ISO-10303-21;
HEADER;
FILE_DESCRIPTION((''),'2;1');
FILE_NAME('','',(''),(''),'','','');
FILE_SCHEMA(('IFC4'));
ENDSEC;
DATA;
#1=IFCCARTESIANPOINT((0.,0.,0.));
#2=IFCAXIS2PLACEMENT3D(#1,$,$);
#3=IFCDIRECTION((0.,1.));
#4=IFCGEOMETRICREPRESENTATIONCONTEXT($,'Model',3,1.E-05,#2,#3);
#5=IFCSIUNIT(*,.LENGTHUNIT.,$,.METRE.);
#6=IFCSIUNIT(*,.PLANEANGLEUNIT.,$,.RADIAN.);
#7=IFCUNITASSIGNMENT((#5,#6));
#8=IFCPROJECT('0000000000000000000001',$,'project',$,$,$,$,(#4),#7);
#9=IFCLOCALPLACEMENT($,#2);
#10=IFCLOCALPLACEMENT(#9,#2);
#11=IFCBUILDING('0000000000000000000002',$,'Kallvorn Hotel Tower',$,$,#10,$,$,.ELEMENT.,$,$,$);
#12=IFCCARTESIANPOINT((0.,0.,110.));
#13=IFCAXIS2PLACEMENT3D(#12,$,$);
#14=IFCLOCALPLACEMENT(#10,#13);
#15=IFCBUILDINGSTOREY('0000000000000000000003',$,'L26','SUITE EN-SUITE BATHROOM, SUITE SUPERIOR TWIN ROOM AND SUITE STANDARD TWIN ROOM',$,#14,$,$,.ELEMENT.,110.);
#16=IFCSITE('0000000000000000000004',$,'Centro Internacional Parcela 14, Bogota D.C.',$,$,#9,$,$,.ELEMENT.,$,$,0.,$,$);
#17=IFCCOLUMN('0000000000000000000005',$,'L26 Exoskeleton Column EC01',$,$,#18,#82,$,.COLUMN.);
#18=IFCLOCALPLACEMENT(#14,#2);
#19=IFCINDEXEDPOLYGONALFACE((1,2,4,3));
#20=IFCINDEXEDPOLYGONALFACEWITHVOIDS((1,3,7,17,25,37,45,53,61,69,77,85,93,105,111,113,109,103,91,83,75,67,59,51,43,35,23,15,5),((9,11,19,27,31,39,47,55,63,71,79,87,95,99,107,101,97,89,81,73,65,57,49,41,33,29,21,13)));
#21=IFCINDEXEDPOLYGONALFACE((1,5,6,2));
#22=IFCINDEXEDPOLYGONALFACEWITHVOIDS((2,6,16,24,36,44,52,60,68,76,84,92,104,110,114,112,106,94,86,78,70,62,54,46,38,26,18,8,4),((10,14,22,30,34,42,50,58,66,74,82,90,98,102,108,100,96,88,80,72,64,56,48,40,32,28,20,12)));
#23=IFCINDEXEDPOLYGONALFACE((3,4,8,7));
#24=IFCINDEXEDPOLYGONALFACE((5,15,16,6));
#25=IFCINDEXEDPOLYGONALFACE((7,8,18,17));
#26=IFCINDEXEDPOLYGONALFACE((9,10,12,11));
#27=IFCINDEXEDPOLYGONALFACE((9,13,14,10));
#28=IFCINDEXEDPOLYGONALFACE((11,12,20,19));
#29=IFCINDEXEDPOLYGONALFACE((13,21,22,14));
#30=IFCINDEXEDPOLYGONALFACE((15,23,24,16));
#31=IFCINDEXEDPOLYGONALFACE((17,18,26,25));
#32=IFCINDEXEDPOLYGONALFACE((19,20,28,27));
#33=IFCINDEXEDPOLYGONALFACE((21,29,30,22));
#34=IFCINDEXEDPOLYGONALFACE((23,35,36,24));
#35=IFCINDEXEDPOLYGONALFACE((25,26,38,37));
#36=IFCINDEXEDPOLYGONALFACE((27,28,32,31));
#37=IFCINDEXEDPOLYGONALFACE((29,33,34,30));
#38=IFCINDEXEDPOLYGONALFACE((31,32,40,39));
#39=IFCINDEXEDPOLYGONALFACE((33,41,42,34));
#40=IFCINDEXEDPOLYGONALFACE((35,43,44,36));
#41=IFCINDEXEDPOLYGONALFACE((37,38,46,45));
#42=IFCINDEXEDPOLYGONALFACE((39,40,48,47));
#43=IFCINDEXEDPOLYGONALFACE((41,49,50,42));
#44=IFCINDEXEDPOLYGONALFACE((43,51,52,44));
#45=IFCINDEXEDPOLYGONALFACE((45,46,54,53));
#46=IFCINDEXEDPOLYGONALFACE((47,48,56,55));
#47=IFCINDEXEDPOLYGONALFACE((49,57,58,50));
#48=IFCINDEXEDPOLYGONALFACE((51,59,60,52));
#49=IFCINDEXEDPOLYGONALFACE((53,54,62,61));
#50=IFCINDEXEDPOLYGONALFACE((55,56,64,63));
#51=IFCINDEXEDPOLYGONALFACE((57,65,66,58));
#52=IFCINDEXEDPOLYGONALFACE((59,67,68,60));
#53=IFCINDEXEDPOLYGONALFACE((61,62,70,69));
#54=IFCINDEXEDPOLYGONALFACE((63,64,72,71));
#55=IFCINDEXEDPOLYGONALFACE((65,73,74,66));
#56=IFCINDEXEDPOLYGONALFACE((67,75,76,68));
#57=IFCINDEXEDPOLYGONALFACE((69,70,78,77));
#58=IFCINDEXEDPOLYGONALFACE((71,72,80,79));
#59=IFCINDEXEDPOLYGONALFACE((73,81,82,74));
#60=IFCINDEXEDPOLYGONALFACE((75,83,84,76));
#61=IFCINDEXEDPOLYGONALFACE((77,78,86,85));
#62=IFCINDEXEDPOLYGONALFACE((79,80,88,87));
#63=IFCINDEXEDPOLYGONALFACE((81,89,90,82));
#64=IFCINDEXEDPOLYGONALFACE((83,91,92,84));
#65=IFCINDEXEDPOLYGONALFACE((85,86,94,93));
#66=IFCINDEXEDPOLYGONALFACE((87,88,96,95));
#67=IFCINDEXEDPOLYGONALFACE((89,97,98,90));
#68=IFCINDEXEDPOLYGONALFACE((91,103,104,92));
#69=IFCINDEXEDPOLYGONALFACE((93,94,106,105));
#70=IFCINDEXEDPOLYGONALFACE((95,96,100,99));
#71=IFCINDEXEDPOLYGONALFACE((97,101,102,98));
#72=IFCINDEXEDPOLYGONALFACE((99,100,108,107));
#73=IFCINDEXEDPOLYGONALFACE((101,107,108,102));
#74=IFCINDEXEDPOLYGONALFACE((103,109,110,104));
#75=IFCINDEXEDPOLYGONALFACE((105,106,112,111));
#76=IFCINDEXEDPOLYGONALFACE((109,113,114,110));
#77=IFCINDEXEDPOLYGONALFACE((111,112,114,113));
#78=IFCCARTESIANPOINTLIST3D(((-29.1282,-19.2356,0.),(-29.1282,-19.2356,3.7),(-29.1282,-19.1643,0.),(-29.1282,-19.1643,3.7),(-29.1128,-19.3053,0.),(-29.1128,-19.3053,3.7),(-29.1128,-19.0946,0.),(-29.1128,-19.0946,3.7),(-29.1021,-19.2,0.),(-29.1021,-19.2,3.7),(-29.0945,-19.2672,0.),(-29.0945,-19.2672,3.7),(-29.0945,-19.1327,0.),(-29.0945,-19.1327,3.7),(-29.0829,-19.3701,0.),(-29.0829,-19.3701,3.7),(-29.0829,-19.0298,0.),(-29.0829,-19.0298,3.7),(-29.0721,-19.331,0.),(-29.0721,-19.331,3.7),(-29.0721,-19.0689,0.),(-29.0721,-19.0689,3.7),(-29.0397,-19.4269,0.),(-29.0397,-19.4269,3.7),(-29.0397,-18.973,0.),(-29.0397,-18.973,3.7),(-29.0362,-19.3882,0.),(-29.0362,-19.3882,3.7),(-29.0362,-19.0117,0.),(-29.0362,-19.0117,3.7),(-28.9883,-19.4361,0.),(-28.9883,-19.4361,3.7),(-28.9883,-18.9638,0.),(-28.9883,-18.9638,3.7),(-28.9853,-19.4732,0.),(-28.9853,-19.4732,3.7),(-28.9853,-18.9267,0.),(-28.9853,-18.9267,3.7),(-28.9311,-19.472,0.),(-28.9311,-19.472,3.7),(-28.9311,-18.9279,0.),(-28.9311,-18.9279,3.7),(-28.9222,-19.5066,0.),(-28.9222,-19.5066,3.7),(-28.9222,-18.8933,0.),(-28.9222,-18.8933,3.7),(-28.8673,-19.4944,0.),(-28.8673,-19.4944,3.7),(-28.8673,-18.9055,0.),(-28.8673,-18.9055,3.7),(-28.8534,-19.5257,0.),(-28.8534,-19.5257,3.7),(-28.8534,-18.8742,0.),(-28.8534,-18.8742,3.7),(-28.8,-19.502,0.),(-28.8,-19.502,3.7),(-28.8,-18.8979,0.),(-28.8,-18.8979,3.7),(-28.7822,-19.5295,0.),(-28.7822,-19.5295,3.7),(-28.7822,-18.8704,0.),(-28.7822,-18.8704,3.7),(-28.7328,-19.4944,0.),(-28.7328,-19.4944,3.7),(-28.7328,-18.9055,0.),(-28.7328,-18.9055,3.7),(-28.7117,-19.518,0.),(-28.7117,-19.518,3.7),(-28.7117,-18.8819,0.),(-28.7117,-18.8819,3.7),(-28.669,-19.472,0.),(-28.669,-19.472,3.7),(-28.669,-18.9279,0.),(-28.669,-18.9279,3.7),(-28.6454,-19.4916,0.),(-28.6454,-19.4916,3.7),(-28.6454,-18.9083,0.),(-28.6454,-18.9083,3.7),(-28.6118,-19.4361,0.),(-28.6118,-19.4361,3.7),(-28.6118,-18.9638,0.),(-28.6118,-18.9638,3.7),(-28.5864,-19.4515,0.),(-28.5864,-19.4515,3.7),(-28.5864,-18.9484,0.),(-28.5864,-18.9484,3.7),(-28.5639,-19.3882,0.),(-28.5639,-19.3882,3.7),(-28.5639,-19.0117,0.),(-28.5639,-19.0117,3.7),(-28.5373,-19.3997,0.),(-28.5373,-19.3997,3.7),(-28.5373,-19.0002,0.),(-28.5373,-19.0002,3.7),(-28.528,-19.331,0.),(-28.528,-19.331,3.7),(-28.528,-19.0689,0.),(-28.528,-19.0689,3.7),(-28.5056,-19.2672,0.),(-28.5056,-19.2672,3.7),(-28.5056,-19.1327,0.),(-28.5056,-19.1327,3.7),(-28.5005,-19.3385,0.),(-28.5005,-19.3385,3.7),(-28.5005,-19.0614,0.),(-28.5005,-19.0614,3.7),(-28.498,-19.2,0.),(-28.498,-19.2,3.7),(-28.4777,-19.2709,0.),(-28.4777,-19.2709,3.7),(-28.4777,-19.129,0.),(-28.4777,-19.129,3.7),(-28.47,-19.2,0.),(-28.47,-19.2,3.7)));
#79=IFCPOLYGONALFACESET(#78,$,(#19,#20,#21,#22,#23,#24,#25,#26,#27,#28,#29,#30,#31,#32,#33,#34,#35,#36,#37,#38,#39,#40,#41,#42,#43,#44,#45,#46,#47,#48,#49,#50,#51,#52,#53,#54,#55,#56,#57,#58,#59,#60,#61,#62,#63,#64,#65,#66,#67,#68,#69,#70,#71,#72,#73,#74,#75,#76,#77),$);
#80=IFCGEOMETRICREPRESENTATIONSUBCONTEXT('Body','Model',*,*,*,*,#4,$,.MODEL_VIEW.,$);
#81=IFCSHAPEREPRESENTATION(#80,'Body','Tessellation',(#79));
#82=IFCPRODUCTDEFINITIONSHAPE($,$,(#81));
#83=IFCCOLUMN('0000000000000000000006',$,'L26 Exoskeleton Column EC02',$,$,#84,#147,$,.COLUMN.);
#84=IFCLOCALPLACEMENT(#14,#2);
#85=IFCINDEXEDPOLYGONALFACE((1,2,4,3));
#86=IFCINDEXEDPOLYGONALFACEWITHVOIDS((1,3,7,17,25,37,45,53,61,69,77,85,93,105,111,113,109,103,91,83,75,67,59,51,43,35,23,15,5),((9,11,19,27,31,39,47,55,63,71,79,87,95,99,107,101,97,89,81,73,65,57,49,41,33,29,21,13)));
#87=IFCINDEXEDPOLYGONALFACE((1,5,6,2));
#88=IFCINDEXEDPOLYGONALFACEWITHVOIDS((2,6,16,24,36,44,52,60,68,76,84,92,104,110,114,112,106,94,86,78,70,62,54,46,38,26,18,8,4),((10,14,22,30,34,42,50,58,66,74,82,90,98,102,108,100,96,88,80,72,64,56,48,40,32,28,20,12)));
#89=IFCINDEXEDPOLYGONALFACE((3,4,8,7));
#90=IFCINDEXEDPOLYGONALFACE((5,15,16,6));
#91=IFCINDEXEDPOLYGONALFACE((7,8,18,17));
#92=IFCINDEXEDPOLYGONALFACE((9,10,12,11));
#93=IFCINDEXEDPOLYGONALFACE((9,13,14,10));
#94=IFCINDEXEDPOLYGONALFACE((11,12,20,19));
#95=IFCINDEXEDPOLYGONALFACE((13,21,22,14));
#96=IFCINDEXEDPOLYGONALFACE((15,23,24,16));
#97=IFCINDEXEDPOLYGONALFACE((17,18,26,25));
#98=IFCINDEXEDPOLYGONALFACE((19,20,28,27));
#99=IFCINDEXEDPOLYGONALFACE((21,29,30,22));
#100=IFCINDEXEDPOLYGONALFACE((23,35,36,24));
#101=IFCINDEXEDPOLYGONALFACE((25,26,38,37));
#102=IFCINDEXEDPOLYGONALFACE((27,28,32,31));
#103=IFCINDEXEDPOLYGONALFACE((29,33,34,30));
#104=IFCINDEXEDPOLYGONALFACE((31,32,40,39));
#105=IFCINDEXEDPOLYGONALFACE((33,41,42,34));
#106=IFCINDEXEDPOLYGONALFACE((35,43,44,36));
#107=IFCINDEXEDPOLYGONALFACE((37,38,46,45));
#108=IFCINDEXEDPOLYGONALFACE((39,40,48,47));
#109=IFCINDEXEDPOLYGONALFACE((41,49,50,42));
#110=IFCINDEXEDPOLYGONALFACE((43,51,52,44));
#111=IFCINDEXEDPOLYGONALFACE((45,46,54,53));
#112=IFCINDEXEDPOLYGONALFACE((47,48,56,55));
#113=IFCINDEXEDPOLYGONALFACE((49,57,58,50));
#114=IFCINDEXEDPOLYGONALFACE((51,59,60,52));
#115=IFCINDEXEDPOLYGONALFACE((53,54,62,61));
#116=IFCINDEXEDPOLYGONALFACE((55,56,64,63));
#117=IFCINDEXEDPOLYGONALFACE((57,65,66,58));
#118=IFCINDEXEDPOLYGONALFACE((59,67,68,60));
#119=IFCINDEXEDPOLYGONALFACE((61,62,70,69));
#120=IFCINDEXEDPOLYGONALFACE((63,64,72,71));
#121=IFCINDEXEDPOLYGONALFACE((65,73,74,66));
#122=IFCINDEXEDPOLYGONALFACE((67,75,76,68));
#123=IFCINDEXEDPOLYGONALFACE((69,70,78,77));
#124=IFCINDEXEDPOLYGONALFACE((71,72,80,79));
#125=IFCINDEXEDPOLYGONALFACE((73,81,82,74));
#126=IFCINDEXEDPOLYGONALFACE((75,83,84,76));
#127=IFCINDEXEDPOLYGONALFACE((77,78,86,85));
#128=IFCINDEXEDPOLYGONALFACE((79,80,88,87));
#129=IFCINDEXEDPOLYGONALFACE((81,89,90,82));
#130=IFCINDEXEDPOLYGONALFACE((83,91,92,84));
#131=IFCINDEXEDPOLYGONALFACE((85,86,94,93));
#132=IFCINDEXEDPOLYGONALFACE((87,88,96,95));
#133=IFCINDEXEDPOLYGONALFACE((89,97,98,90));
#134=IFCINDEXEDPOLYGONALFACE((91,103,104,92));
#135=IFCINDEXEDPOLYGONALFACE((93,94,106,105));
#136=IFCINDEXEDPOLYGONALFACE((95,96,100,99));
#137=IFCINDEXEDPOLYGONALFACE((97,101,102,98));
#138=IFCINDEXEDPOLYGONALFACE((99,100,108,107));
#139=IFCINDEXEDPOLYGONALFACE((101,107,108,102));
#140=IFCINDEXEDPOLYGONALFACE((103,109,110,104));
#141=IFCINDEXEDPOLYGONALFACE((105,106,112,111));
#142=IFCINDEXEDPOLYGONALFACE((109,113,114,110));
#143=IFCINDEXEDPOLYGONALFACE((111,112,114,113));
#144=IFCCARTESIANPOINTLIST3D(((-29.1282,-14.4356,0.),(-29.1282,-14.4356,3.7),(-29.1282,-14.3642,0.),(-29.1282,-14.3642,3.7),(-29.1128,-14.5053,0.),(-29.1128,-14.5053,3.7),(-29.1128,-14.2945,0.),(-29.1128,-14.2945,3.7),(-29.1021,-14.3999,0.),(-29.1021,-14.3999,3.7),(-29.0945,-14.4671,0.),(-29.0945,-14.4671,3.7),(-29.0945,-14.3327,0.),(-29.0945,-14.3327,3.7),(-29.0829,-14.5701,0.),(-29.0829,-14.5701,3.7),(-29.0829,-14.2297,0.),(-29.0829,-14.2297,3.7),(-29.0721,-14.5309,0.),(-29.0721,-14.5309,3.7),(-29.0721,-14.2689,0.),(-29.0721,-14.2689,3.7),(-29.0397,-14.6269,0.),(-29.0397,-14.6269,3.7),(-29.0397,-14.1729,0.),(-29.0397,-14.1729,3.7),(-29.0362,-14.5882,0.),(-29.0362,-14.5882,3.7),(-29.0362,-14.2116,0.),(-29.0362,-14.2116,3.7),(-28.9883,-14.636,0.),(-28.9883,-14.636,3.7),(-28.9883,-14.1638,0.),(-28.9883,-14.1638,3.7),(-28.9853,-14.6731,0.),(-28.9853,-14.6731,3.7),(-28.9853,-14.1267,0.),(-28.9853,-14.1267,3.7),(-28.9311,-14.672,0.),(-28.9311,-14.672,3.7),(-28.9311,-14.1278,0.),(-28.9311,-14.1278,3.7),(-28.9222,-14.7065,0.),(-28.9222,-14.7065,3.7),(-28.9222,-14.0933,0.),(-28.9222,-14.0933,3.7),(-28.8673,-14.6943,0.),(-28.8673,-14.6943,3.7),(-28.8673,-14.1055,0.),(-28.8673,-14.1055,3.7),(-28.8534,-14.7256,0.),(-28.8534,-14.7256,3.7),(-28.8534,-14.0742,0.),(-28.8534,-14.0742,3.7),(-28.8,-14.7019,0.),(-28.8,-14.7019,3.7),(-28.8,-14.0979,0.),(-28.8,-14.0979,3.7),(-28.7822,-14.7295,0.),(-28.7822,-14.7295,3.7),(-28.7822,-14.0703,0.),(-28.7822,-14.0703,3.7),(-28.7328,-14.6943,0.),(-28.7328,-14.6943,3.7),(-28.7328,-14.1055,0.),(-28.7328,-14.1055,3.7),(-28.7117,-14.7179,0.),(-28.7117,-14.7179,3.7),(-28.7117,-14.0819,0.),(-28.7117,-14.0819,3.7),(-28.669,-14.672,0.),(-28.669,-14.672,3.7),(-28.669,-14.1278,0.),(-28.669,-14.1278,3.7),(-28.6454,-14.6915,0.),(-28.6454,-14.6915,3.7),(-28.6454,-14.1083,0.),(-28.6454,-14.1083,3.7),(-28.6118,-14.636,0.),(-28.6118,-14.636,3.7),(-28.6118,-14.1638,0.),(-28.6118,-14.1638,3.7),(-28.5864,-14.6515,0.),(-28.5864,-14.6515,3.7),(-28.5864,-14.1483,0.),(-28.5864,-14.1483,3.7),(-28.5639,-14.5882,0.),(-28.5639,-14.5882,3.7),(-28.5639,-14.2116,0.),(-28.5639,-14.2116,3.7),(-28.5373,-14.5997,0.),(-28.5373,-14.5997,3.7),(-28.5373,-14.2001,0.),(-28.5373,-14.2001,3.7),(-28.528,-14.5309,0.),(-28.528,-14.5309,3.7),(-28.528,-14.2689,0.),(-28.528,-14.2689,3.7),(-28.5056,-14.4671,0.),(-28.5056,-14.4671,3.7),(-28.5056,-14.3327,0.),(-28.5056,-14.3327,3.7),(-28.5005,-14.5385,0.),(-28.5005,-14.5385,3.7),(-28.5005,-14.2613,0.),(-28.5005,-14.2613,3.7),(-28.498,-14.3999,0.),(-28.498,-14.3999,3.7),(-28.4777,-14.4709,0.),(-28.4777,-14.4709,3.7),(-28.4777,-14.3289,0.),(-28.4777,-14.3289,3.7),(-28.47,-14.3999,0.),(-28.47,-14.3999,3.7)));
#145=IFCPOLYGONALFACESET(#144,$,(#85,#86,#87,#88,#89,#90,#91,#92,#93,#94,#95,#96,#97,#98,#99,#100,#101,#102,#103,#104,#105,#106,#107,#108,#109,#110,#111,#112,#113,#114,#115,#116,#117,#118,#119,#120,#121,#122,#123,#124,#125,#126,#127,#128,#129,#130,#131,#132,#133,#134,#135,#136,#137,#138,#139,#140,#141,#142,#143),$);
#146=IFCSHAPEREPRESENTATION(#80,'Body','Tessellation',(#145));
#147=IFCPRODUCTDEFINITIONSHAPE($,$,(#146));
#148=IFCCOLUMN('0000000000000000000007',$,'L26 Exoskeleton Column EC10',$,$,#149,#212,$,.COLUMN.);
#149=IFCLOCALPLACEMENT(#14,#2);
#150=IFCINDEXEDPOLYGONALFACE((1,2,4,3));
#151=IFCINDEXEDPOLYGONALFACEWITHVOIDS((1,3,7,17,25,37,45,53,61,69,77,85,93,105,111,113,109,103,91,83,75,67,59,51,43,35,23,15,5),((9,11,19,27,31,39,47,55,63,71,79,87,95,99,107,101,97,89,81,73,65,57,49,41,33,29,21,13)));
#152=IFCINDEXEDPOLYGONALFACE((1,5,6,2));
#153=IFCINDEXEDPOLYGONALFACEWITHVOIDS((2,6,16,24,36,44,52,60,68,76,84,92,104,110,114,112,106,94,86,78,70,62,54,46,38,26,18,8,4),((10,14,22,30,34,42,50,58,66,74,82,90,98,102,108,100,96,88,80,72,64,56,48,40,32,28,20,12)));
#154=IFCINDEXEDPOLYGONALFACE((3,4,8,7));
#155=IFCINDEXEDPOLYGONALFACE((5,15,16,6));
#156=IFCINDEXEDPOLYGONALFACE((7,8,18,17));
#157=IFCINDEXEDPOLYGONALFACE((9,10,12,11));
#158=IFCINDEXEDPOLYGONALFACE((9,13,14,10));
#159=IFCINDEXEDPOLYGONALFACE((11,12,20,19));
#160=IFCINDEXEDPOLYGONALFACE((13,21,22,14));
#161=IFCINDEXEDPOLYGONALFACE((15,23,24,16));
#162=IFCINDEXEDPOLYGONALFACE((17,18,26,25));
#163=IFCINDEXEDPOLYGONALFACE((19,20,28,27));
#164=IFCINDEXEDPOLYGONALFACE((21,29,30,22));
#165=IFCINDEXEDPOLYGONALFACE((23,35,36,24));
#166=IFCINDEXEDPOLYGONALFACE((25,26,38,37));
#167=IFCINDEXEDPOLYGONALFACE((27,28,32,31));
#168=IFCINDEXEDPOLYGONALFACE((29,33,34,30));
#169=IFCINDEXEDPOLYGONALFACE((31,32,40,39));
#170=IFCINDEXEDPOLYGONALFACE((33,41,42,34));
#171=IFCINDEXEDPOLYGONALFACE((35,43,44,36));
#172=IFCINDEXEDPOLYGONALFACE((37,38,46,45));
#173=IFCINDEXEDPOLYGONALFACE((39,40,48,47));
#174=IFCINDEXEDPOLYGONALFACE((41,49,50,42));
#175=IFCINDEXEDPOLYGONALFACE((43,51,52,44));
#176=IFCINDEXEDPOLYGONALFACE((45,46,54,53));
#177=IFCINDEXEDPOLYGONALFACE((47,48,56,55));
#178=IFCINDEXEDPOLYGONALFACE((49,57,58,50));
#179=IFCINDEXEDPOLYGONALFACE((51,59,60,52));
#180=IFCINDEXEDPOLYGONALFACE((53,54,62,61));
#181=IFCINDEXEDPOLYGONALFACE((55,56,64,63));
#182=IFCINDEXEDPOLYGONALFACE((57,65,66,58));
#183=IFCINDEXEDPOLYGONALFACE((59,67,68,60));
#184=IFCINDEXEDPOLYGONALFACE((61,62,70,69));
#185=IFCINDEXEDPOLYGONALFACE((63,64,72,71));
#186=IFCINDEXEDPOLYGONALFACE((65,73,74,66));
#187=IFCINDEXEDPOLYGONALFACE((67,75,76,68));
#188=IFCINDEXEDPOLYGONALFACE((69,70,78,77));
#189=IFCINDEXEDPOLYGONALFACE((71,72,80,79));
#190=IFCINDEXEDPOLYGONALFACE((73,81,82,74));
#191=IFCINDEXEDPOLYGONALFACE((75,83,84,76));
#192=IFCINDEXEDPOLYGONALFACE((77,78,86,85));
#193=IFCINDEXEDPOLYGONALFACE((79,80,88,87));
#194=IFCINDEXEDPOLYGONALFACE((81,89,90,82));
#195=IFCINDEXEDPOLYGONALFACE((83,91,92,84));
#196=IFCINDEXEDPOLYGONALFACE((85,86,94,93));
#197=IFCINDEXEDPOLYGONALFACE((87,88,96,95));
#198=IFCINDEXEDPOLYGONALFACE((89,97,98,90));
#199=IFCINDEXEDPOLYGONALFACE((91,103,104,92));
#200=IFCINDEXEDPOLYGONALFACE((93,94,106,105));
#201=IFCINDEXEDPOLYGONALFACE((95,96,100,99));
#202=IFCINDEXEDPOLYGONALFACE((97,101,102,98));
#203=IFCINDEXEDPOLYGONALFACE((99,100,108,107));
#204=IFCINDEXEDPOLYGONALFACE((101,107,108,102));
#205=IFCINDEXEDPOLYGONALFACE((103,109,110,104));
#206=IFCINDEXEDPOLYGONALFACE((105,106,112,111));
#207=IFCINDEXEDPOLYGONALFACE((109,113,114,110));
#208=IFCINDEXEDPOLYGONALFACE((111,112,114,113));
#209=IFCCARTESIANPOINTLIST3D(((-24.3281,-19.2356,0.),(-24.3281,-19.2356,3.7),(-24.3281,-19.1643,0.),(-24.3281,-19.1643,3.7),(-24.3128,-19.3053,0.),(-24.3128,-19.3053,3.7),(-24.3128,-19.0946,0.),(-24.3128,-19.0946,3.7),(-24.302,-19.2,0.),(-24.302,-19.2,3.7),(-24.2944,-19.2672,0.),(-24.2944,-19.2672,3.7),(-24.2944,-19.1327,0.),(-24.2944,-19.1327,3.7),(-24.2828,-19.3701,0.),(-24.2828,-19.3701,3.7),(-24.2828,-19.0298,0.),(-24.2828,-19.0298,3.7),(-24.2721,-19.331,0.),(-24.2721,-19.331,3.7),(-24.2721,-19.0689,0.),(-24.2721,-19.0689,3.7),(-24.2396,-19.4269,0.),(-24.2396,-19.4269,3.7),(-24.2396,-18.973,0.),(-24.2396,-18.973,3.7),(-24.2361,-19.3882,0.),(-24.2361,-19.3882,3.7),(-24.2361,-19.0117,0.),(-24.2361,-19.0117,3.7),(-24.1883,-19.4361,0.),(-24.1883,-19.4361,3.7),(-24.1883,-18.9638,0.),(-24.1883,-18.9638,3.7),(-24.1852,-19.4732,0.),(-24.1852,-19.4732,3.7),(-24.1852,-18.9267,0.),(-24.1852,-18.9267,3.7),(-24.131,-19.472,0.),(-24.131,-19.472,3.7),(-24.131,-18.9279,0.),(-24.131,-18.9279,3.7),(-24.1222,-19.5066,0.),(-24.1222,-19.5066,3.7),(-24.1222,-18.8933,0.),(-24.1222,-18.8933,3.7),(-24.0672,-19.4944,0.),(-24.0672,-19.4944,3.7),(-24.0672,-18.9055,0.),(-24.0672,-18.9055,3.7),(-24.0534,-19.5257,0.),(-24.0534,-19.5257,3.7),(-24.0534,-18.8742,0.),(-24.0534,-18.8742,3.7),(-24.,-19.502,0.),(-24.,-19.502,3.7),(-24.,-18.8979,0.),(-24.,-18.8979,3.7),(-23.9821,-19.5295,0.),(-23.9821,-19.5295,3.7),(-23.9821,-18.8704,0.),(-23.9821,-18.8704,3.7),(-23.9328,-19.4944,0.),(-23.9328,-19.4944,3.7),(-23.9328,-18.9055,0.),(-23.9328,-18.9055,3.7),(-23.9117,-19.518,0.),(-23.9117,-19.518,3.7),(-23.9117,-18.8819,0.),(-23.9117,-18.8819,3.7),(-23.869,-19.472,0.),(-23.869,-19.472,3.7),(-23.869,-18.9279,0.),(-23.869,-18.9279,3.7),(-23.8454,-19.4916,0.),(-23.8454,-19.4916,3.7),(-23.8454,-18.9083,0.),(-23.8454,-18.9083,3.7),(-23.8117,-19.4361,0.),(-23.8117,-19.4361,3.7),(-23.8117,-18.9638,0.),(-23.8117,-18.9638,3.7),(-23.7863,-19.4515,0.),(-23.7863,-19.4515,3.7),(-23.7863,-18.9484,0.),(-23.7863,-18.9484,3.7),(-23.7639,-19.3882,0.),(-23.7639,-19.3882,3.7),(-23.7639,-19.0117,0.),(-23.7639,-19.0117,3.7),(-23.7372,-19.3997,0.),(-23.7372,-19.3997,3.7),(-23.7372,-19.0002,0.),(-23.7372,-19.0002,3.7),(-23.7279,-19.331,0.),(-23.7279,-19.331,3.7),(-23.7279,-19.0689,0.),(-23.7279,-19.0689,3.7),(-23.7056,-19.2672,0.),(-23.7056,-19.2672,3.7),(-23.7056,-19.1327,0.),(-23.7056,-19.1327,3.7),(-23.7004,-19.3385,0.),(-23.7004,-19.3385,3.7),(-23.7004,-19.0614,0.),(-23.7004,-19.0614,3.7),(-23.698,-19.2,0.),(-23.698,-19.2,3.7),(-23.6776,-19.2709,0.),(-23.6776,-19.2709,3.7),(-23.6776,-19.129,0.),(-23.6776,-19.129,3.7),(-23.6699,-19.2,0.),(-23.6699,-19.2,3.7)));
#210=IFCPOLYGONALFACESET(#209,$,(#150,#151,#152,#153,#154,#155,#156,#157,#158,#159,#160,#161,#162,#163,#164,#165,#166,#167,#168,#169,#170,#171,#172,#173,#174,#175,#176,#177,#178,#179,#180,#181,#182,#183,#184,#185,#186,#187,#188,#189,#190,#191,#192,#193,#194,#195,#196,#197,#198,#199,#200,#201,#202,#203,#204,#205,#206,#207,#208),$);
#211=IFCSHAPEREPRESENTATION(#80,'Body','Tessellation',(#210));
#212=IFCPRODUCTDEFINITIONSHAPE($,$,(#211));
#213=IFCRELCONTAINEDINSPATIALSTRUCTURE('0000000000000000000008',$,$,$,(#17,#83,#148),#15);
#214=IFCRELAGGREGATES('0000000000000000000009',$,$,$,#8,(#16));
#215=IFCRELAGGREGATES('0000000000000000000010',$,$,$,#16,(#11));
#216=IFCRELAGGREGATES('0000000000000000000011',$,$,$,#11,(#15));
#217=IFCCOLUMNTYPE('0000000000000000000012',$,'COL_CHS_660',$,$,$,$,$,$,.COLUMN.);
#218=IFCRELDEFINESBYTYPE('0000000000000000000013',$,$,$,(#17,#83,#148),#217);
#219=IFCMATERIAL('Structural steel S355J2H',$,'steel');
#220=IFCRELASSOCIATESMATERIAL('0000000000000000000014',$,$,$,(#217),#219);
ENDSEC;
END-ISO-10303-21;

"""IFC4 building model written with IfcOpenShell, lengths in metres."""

from ifc_helpers import new_model, si_unit, direction, frame, origin, origin_2d, place, context, subcontext, project, spatial, hollow_circle, extrude, material, material_profile, profile_set, type_object, element, save


model = new_model("IFC4")

# Units and contexts
model_context = context("Model", 3, precision=1e-05, world=origin(), true_north=direction((0.0, 1.0)))
body_context = subcontext(model_context, "Body", "Model", "MODEL_VIEW")
ifc_project = project(units=[si_unit("LENGTHUNIT", "METRE"), si_unit("PLANEANGLEUNIT", "RADIAN")], contexts=[model_context])

# Site, building, storey
site_placement = place(None, origin())
site = spatial("IfcSite", under=ifc_project, at=site_placement, Name="Centro Internacional Parcela 14, Bogota D.C.", CompositionType="ELEMENT", RefElevation=0.0)
building_placement = place(site_placement, origin())
building = spatial("IfcBuilding", under=site, at=building_placement, Name="Kallvorn Hotel Tower", CompositionType="ELEMENT")
storey_placement = place(building_placement, frame((0.0, 0.0, 110.0)))
storey = spatial("IfcBuildingStorey", under=building, at=storey_placement, Name="L26", Description="SUITE EN-SUITE BATHROOM, SUITE SUPERIOR TWIN ROOM AND SUITE STANDARD TWIN ROOM", CompositionType="ELEMENT", Elevation=110.0)

# Columns
ifc_material_1 = material(Name="Structural steel S355J2H", Category="steel")
ifc_material_profile_1 = material_profile(ifc_material_1, hollow_circle(Radius=0.3301, WallThickness=0.0281, at=origin_2d()), Name="CHS 660x28")
ifc_profile_set_1 = profile_set([ifc_material_profile_1], Name="Structural steel S355J2H")
column_type_1 = type_object("IfcColumnType", Name="COL_CHS_660", PredefinedType="COLUMN", material=ifc_profile_set_1)
for number, where, z_axis, x_axis, name in (
    (1, (-28.8, -19.2, 0.0), (0.0, 0.0, 1.0), (1.0, 0.0, 0.0), "L26 Exoskeleton Column EC01"),
    (2, (-28.8, -14.3999, 0.0), (0.0, 0.0, 1.0), (1.0, 0.0, 0.0), "L26 Exoskeleton Column EC02"),
    (3, (-24.0, -19.2, 0.0), (0.0, 0.0, 1.0), (1.0, 0.0, 0.0), "L26 Exoskeleton Column EC10"),
):
    element("IfcColumn", number, at=place(storey_placement, frame(where, z_axis=z_axis, x_axis=x_axis)), inside=storey, type_object=column_type_1, Name=name, PredefinedType="COLUMN", context=body_context, shape_type="SweptSolid", body=[
        extrude(hollow_circle(Radius=0.3301, WallThickness=0.0281, at=origin_2d()), origin(), (0.0, 0.0, 1.0), 3.7),
    ])

save(model, "model.ifc")
